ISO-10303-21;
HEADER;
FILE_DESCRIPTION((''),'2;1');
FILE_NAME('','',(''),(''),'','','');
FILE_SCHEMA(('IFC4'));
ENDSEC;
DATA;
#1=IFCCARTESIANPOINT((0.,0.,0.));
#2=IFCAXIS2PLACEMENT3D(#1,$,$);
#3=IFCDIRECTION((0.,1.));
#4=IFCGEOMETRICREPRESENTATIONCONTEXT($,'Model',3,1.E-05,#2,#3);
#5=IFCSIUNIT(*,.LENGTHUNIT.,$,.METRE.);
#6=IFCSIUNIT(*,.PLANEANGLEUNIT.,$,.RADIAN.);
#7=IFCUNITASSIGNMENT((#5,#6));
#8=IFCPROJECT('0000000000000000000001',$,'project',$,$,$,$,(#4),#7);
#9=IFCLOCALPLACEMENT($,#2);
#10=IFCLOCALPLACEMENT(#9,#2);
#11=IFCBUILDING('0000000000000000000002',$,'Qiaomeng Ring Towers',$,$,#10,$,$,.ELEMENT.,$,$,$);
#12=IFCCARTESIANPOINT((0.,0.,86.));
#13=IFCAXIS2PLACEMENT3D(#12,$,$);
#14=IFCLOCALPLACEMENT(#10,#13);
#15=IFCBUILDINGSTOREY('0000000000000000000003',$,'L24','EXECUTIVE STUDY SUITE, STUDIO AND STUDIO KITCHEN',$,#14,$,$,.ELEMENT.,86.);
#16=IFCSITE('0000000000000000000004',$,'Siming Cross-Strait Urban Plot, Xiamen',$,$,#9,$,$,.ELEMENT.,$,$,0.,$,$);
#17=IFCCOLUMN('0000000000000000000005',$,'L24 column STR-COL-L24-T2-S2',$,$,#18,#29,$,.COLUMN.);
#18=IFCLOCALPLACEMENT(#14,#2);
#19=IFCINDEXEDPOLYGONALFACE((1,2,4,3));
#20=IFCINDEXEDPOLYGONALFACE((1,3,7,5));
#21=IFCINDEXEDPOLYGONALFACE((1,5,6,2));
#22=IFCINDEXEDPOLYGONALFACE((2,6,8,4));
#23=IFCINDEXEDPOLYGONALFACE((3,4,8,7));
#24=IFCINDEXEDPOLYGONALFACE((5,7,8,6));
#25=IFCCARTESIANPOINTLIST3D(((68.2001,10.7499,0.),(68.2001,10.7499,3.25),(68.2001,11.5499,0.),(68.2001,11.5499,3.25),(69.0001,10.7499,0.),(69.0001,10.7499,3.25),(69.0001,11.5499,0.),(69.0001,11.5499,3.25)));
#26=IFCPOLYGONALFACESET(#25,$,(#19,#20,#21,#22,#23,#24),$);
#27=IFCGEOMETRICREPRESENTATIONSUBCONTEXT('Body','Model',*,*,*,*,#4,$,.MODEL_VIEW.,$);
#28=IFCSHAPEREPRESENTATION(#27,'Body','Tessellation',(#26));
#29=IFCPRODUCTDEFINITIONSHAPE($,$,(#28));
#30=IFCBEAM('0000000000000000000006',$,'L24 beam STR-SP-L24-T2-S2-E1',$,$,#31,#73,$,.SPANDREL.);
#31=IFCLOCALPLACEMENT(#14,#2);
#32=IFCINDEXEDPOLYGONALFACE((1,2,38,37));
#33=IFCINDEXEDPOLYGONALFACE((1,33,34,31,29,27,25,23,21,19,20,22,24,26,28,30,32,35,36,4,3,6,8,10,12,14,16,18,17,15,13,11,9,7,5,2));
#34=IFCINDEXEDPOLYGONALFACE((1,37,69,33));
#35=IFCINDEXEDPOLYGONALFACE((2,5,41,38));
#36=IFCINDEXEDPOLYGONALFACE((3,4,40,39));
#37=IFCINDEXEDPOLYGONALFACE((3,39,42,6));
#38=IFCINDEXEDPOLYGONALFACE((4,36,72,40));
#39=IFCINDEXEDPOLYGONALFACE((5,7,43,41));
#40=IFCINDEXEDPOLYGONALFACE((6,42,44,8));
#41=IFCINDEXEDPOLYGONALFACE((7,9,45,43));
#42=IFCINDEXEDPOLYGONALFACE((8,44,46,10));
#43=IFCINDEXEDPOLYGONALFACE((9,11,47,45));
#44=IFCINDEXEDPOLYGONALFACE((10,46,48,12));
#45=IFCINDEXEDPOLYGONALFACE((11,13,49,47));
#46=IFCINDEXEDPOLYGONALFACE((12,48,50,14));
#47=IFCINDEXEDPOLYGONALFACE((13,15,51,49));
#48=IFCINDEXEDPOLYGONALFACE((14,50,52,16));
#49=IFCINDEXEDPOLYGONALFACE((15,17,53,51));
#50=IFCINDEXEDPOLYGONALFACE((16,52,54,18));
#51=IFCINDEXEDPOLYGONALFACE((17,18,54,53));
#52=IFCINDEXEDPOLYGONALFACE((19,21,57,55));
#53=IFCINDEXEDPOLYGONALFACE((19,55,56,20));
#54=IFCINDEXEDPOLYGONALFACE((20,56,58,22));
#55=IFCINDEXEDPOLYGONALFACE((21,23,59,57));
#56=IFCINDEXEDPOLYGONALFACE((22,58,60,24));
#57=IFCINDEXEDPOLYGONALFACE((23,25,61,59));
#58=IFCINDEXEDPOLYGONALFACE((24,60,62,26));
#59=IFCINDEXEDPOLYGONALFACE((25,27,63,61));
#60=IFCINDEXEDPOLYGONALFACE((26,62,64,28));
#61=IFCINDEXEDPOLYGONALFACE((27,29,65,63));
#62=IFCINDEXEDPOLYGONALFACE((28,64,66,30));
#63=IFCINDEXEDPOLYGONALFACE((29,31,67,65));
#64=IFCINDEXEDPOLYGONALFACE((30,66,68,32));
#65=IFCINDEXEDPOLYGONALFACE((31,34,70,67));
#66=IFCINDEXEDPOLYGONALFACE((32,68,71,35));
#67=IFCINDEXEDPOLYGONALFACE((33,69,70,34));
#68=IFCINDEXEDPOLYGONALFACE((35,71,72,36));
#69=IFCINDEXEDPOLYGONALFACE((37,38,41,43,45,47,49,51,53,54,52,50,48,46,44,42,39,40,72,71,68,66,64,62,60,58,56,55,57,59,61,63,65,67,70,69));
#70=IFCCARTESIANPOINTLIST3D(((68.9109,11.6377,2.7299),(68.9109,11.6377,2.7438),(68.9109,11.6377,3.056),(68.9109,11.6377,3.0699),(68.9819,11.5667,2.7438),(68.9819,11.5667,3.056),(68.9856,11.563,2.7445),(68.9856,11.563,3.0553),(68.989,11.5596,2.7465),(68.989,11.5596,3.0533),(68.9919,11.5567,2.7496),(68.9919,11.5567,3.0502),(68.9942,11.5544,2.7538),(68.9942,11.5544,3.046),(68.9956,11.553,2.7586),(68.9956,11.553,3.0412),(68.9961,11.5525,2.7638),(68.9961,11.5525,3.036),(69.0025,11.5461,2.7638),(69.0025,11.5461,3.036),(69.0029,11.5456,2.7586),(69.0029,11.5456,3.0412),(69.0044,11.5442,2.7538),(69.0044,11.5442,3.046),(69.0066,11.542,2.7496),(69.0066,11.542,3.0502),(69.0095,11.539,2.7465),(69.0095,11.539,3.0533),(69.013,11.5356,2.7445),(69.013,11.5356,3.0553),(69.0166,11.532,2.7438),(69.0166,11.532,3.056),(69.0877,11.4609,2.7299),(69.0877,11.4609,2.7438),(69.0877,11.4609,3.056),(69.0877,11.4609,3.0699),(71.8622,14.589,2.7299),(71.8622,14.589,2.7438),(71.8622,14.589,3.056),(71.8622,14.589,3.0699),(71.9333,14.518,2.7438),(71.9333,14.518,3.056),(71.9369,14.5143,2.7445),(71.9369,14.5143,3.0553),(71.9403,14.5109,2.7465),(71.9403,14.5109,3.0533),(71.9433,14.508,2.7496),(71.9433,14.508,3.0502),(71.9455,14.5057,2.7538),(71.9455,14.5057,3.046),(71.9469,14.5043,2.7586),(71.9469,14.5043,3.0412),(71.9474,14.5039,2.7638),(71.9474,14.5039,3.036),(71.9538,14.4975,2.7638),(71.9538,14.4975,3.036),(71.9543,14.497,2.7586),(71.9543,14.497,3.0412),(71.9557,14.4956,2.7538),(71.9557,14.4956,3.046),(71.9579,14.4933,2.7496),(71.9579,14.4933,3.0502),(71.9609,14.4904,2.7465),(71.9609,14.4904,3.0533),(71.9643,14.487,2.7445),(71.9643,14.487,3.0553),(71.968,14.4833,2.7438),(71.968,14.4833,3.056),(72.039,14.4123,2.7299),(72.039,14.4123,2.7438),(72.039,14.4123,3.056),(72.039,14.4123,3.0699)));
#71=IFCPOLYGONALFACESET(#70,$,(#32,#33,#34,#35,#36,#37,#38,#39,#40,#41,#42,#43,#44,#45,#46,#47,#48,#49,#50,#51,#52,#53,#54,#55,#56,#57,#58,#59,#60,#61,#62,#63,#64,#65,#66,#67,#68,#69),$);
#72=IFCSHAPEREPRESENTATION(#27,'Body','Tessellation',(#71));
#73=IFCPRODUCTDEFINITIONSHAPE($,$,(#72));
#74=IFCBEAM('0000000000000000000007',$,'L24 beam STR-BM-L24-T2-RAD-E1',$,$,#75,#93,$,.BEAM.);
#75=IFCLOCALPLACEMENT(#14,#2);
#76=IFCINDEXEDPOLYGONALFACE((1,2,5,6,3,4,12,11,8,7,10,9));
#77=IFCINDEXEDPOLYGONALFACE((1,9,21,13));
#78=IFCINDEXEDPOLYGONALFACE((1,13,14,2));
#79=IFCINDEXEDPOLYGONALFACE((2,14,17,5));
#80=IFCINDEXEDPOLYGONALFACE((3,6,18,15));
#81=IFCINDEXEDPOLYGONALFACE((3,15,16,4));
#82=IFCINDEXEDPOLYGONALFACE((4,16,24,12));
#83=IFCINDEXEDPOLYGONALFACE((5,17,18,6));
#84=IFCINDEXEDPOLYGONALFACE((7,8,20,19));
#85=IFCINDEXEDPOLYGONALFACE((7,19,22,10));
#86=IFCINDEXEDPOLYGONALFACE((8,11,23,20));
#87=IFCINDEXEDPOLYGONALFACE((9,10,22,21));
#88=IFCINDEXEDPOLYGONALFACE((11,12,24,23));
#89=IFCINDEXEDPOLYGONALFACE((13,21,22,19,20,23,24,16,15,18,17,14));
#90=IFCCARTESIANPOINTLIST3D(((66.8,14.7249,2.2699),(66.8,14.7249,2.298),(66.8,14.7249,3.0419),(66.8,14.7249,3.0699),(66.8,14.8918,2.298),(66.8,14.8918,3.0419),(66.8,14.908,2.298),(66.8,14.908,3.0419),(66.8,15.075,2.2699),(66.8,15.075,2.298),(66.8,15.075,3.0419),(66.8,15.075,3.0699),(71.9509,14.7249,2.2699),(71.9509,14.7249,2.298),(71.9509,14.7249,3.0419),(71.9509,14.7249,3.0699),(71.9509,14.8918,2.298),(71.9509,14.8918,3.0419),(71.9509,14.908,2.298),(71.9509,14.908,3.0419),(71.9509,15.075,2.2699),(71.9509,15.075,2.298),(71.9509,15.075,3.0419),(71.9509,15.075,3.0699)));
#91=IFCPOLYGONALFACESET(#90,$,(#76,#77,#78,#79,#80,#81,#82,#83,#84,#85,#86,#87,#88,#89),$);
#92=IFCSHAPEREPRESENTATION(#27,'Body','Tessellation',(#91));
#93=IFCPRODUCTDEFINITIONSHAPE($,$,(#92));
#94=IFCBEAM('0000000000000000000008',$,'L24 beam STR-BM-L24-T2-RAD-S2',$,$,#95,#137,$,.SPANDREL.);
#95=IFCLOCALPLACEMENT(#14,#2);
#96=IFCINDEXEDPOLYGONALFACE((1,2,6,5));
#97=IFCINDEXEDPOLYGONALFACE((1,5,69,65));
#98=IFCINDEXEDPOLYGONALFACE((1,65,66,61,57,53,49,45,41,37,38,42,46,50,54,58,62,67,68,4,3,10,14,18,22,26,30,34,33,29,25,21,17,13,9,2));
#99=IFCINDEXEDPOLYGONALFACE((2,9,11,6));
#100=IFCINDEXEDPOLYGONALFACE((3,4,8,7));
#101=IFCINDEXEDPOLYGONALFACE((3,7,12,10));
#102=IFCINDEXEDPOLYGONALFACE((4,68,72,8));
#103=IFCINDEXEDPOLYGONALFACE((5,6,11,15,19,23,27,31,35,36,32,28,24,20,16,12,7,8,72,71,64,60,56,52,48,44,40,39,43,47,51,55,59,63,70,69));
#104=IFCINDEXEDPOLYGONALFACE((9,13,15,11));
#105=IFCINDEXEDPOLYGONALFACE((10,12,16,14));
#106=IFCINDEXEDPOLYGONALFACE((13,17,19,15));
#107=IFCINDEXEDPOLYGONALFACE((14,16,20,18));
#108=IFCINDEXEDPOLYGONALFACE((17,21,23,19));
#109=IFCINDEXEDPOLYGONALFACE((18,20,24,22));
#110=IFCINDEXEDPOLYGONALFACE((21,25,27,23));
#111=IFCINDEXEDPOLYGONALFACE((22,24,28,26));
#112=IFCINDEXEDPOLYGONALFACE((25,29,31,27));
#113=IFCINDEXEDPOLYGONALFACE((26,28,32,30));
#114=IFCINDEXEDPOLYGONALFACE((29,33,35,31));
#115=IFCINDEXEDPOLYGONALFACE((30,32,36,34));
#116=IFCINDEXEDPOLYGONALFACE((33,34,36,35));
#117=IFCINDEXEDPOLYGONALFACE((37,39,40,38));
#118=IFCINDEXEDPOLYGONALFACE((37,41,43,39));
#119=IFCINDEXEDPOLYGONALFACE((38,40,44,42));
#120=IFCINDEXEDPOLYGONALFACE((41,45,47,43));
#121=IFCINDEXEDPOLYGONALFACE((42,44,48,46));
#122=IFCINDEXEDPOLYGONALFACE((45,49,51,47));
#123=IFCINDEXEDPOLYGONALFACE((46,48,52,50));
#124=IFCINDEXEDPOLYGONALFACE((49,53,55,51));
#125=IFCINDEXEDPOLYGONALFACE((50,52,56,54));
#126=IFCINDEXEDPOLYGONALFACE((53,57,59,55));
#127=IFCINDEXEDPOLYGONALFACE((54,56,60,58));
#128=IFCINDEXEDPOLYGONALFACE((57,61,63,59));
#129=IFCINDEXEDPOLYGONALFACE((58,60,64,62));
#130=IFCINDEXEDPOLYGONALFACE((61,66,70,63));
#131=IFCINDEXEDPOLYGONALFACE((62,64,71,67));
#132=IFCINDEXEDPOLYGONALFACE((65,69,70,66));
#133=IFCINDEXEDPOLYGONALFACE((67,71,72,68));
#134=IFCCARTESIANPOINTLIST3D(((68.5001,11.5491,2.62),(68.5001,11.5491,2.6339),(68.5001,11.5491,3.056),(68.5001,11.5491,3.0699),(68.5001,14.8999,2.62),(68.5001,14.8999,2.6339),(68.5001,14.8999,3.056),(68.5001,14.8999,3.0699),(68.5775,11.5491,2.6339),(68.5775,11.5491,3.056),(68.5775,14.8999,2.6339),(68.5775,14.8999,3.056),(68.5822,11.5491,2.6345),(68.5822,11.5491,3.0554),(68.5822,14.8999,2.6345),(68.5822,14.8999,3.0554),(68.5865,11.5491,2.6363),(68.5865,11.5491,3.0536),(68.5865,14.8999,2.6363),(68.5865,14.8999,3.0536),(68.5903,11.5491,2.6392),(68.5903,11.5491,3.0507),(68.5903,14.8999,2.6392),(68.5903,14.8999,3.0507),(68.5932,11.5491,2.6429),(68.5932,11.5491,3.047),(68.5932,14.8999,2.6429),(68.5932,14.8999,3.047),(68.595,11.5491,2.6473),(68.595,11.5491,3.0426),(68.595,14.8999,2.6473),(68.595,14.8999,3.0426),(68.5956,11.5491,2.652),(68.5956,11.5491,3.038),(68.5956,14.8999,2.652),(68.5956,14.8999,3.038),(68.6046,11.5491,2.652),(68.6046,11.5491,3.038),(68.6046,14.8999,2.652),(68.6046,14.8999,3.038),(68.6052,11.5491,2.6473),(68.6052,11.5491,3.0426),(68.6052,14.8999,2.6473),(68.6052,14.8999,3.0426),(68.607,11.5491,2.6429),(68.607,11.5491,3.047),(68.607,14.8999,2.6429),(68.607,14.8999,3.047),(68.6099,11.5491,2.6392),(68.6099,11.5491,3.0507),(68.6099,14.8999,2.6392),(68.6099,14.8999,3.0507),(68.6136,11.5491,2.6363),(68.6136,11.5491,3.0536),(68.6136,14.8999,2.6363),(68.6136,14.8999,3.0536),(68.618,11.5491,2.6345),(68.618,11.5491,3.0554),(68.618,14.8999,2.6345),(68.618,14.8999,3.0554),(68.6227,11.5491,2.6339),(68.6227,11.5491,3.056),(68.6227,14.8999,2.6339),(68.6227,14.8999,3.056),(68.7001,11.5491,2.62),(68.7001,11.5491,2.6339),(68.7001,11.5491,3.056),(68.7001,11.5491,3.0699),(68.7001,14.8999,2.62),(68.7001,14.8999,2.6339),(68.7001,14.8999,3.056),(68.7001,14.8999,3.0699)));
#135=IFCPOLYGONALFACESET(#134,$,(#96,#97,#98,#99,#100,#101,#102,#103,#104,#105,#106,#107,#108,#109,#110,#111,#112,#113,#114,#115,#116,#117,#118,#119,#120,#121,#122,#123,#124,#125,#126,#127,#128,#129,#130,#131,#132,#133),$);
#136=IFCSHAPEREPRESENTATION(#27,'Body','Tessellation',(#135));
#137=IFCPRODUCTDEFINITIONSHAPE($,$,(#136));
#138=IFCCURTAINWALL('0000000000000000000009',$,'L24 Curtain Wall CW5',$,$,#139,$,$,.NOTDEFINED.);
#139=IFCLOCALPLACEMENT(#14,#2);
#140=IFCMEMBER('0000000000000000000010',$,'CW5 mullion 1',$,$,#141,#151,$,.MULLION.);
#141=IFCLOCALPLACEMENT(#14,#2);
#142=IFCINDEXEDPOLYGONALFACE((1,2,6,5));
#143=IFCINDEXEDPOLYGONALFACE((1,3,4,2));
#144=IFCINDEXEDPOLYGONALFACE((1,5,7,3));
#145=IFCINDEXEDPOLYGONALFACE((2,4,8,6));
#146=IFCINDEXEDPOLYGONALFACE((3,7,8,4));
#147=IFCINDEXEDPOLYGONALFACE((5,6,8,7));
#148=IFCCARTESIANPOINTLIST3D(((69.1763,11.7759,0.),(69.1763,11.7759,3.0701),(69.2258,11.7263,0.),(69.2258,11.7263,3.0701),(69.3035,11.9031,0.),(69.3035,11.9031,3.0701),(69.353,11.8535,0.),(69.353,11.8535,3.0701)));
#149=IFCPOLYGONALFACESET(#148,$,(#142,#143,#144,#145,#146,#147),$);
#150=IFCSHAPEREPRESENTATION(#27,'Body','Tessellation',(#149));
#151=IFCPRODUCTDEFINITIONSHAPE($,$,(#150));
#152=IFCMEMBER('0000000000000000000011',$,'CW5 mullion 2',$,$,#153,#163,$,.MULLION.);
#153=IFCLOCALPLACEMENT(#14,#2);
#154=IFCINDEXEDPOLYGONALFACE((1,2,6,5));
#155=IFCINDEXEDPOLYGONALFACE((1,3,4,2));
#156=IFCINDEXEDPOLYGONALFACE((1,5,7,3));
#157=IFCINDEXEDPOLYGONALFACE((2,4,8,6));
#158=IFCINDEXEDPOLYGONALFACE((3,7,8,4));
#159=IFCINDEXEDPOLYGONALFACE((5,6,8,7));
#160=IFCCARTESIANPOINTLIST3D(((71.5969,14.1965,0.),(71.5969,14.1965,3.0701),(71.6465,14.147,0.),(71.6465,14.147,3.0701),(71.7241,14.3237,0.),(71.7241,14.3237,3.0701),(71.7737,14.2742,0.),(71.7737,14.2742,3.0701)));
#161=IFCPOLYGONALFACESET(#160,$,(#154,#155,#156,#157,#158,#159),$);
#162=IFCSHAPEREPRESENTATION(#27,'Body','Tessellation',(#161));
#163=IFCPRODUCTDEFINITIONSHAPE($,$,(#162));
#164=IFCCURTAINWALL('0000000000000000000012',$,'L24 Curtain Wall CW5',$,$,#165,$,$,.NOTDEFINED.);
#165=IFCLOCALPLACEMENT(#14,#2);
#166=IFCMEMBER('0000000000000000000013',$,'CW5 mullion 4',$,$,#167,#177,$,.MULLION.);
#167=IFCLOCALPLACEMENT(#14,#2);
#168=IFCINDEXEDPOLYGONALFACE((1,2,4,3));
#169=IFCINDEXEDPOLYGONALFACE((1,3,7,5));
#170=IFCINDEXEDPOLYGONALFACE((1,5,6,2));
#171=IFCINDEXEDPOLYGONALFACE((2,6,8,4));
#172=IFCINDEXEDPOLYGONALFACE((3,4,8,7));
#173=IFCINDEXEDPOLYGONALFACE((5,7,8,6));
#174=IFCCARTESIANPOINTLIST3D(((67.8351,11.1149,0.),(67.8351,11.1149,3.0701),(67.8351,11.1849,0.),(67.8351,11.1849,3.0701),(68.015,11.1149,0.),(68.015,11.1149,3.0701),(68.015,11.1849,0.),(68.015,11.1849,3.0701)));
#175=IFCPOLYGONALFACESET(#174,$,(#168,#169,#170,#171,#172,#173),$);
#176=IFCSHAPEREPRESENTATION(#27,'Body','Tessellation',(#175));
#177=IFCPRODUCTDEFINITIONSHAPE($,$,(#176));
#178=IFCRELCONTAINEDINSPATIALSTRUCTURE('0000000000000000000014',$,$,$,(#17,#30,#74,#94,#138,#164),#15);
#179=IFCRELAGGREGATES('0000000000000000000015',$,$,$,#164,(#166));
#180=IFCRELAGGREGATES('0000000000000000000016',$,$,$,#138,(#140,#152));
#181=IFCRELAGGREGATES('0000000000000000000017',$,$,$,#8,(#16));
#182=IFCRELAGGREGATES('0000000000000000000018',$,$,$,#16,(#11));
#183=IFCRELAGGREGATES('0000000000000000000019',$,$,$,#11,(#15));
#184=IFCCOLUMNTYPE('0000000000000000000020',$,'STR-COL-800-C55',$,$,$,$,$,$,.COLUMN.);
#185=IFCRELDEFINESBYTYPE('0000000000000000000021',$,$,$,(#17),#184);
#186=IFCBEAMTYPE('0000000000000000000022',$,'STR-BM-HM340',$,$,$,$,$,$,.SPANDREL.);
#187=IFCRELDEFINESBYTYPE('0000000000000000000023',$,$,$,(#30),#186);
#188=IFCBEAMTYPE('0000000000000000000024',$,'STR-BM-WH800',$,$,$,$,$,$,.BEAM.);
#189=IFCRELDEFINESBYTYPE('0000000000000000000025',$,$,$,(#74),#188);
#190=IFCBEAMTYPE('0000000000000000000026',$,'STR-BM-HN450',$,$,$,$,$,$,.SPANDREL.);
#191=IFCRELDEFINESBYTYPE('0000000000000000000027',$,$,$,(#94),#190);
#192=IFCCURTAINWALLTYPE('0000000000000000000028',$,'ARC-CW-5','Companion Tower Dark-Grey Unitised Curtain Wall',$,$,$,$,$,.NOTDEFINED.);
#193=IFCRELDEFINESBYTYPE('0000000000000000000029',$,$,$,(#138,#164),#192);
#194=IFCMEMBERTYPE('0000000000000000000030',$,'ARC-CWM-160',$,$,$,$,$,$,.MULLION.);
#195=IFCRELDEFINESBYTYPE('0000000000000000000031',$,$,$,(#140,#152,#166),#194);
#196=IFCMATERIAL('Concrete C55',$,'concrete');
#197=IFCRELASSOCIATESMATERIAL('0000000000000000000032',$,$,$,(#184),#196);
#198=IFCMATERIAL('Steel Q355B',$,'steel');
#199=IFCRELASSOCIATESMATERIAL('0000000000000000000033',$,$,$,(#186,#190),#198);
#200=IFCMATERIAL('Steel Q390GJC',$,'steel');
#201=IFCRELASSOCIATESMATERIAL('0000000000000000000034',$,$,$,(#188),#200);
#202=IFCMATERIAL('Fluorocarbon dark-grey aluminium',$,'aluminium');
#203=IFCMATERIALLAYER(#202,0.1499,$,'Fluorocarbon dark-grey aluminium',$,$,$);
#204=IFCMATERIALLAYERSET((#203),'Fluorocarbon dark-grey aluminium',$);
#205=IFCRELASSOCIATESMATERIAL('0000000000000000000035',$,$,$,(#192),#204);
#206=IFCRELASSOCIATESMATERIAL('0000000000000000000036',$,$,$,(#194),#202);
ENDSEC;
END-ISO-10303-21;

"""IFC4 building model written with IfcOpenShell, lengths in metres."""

from ifc_helpers import new_model, si_unit, direction, frame, origin, origin_2d, place, context, subcontext, project, spatial, rectangle, i_section, extrude, source, transform, mapped, material, layer, layer_set, material_profile, profile_set, type_object, element, aggregate, save


model = new_model("IFC4")

# Units and contexts
model_context = context("Model", 3, precision=1e-05, world=origin(), true_north=direction((0.0, 1.0)))
body_context = subcontext(model_context, "Body", "Model", "MODEL_VIEW")
ifc_project = project(units=[si_unit("LENGTHUNIT", "METRE"), si_unit("PLANEANGLEUNIT", "RADIAN")], contexts=[model_context])

# Site, building, storey
site_placement = place(None, origin())
site = spatial("IfcSite", under=ifc_project, at=site_placement, Name="Siming Cross-Strait Urban Plot, Xiamen", CompositionType="ELEMENT", RefElevation=0.0)
building_placement = place(site_placement, origin())
building = spatial("IfcBuilding", under=site, at=building_placement, Name="Qiaomeng Ring Towers", CompositionType="ELEMENT")
storey_placement = place(building_placement, frame((0.0, 0.0, 86.0)))
storey = spatial("IfcBuildingStorey", under=building, at=storey_placement, Name="L24", Description="EXECUTIVE STUDY SUITE, STUDIO AND STUDIO KITCHEN", CompositionType="ELEMENT", Elevation=86.0)

# Column
ifc_material_1 = material(Name="Concrete C55", Category="concrete")
ifc_material_profile_1 = material_profile(ifc_material_1, rectangle(XDim=0.8, YDim=0.8, at=origin_2d()), Name="RC COL 800x800")
ifc_profile_set_1 = profile_set([ifc_material_profile_1], Name="Concrete C55")
column_type = type_object("IfcColumnType", Name="STR-COL-800-C55", PredefinedType="COLUMN", material=ifc_profile_set_1)
shared_shape_1 = source(origin(), body_context, "Body", "SweptSolid", [
    extrude(rectangle(XDim=0.8, YDim=0.8, at=origin_2d()), origin(), (0.0, 0.0, 1.0), 3.25),
])
column_placement = place(storey_placement, frame((68.6001, 11.1499, 0.0), z_axis=(0.0, 0.0, 1.0), x_axis=(1.0, 0.0, 0.0)))
element("IfcColumn", 1, at=column_placement, inside=storey, type_object=column_type, Name="L24 column STR-COL-L24-T2-S2", PredefinedType="COLUMN", context=body_context, shape_type="MappedRepresentation", body=[
    mapped(shared_shape_1, transform((0.0, 0.0, 0.0), x_axis=(1.0, 0.0, 0.0), y_axis=(0.0, 1.0, 0.0), z_axis=(0.0, 0.0, 1.0), scale=1.0)),
])

# Beams
ifc_material_2 = material(Name="Steel Q355B", Category="steel")
ifc_material_profile_2 = material_profile(ifc_material_2, i_section(OverallWidth=0.25, OverallDepth=0.3401, WebThickness=0.009, FlangeThickness=0.0139, FilletRadius=0.02, at=origin_2d()), Name="HM 340x250x9x14")
ifc_profile_set_2 = profile_set([ifc_material_profile_2], Name="Steel Q355B")
beam_type_1 = type_object("IfcBeamType", Name="STR-BM-HM340", PredefinedType="SPANDREL", material=ifc_profile_set_2)
shared_shape_2 = source(origin(), body_context, "Body", "SweptSolid", [
    extrude(i_section(OverallWidth=0.25, OverallDepth=0.3401, WebThickness=0.009, FlangeThickness=0.0139, FilletRadius=0.02, at=origin_2d()), origin(), (0.0, 0.0, 1.0), 4.1738),
])
beam_1_placement = place(storey_placement, frame((68.9993, 11.5493, 2.8999), z_axis=(0.707107, 0.707107, 0.0), x_axis=(-0.707107, 0.707107, 0.0)))
element("IfcBeam", 2, at=beam_1_placement, inside=storey, type_object=beam_type_1, Name="L24 beam STR-SP-L24-T2-S2-E1", PredefinedType="SPANDREL", context=body_context, shape_type="MappedRepresentation", body=[
    mapped(shared_shape_2, transform((0.0, 0.0, 0.0), x_axis=(1.0, 0.0, 0.0), y_axis=(0.0, 1.0, 0.0), z_axis=(0.0, 0.0, 1.0), scale=1.0)),
])
ifc_material_3 = material(Name="Steel Q390GJC", Category="steel")
ifc_material_profile_3 = material_profile(ifc_material_3, i_section(OverallWidth=0.3501, OverallDepth=0.8, WebThickness=0.0161, FlangeThickness=0.0281, at=origin_2d()), Name="WH 800x350x16x28")
ifc_profile_set_3 = profile_set([ifc_material_profile_3], Name="Steel Q390GJC")
beam_type_2 = type_object("IfcBeamType", Name="STR-BM-WH800", PredefinedType="BEAM", material=ifc_profile_set_3)
shared_shape_3 = source(origin(), body_context, "Body", "SweptSolid", [
    extrude(i_section(OverallWidth=0.3501, OverallDepth=0.8, WebThickness=0.0161, FlangeThickness=0.0281, at=origin_2d()), origin(), (0.0, 0.0, 1.0), 5.1509),
])
beam_2_placement = place(storey_placement, frame((66.8, 14.8999, 2.6699), z_axis=(1.0, 0.0, 0.0), x_axis=(0.0, 1.0, 0.0)))
element("IfcBeam", 3, at=beam_2_placement, inside=storey, type_object=beam_type_2, Name="L24 beam STR-BM-L24-T2-RAD-E1", PredefinedType="BEAM", context=body_context, shape_type="MappedRepresentation", body=[
    mapped(shared_shape_3, transform((0.0, 0.0, 0.0), x_axis=(1.0, 0.0, 0.0), y_axis=(0.0, 1.0, 0.0), z_axis=(0.0, 0.0, 1.0), scale=1.0)),
])
ifc_material_profile_4 = material_profile(ifc_material_2, i_section(OverallWidth=0.2, OverallDepth=0.45, WebThickness=0.009, FlangeThickness=0.0139, FilletRadius=0.0181, at=origin_2d()), Name="HN 450x200x9x14")
ifc_profile_set_4 = profile_set([ifc_material_profile_4], Name="Steel Q355B")
beam_type_3 = type_object("IfcBeamType", Name="STR-BM-HN450", PredefinedType="SPANDREL", material=ifc_profile_set_4)
shared_shape_4 = source(origin(), body_context, "Body", "SweptSolid", [
    extrude(i_section(OverallWidth=0.2, OverallDepth=0.45, WebThickness=0.009, FlangeThickness=0.0139, FilletRadius=0.0181, at=origin_2d()), origin(), (0.0, 0.0, 1.0), 3.3508),
])
beam_3_placement = place(storey_placement, frame((68.6001, 11.5491, 2.845), z_axis=(0.0, 1.0, 0.0), x_axis=(-1.0, 0.0, 0.0)))
element("IfcBeam", 4, at=beam_3_placement, inside=storey, type_object=beam_type_3, Name="L24 beam STR-BM-L24-T2-RAD-S2", PredefinedType="SPANDREL", context=body_context, shape_type="MappedRepresentation", body=[
    mapped(shared_shape_4, transform((0.0, 0.0, 0.0), x_axis=(1.0, 0.0, 0.0), y_axis=(0.0, 1.0, 0.0), z_axis=(0.0, 0.0, 1.0), scale=1.0)),
])

# Curtain wall, members
ifc_material_4 = material(Name="Fluorocarbon dark-grey aluminium", Category="aluminium")
ifc_layer_1 = layer(ifc_material_4, 0.1499, Name="Fluorocarbon dark-grey aluminium")
ifc_layer_set_1 = layer_set([ifc_layer_1], Name="Fluorocarbon dark-grey aluminium")
curtain_wall_type = type_object("IfcCurtainWallType", Name="ARC-CW-5", Description="Companion Tower Dark-Grey Unitised Curtain Wall", PredefinedType="NOTDEFINED", material=ifc_layer_set_1)
curtain_wall_1_placement = place(storey_placement, origin())
curtain_wall_1 = element("IfcCurtainWall", 5, at=curtain_wall_1_placement, inside=storey, type_object=curtain_wall_type, Name="L24 Curtain Wall CW5", PredefinedType="NOTDEFINED")
ifc_material_profile_5 = material_profile(ifc_material_4, rectangle(XDim=0.0701, YDim=0.1799, at=origin_2d()), Name="ALU MULL 70x180")
ifc_profile_set_5 = profile_set([ifc_material_profile_5], Name="Fluorocarbon dark-grey aluminium")
member_type_1 = type_object("IfcMemberType", Name="ARC-CWM-160", PredefinedType="MULLION", material=ifc_profile_set_5)
shared_shape_5 = source(origin(), body_context, "Body", "SweptSolid", [
    extrude(rectangle(XDim=0.0701, YDim=0.1799, at=origin_2d()), origin(), (0.0, 0.0, 1.0), 3.0701),
])
member_1_placement = place(storey_placement, frame((69.2646, 11.8147, 0.0), z_axis=(0.0, 0.0, 1.0), x_axis=(-0.707107, 0.707107, 0.0)))
member_1 = element("IfcMember", 6, at=member_1_placement, type_object=member_type_1, Name="CW5 mullion 1", PredefinedType="MULLION", context=body_context, shape_type="MappedRepresentation", body=[
    mapped(shared_shape_5, transform((0.0, 0.0, 0.0), x_axis=(1.0, 0.0, 0.0), y_axis=(0.0, 1.0, 0.0), z_axis=(0.0, 0.0, 1.0), scale=1.0)),
])
member_2_placement = place(storey_placement, frame((71.6853, 14.2354, 0.0), z_axis=(0.0, 0.0, 1.0), x_axis=(-0.707107, 0.707107, 0.0)))
member_2 = element("IfcMember", 7, at=member_2_placement, type_object=member_type_1, Name="CW5 mullion 2", PredefinedType="MULLION", context=body_context, shape_type="MappedRepresentation", body=[
    mapped(shared_shape_5, transform((0.0, 0.0, 0.0), x_axis=(1.0, 0.0, 0.0), y_axis=(0.0, 1.0, 0.0), z_axis=(0.0, 0.0, 1.0), scale=1.0)),
])

# Curtain wall, member
curtain_wall_2_placement = place(storey_placement, origin())
curtain_wall_2 = element("IfcCurtainWall", 8, at=curtain_wall_2_placement, inside=storey, type_object=curtain_wall_type, Name="L24 Curtain Wall CW5", PredefinedType="NOTDEFINED")
member_3_placement = place(storey_placement, frame((67.925, 11.1499, 0.0), z_axis=(0.0, 0.0, 1.0), x_axis=(0.0, 1.0, 0.0)))
member_3 = element("IfcMember", 9, at=member_3_placement, type_object=member_type_1, Name="CW5 mullion 4", PredefinedType="MULLION", context=body_context, shape_type="MappedRepresentation", body=[
    mapped(shared_shape_5, transform((0.0, 0.0, 0.0), x_axis=(1.0, 0.0, 0.0), y_axis=(0.0, 1.0, 0.0), z_axis=(0.0, 0.0, 1.0), scale=1.0)),
])
aggregate(curtain_wall_2, [member_3])

aggregate(curtain_wall_1, [member_1, member_2])

save(model, "model.ifc")
